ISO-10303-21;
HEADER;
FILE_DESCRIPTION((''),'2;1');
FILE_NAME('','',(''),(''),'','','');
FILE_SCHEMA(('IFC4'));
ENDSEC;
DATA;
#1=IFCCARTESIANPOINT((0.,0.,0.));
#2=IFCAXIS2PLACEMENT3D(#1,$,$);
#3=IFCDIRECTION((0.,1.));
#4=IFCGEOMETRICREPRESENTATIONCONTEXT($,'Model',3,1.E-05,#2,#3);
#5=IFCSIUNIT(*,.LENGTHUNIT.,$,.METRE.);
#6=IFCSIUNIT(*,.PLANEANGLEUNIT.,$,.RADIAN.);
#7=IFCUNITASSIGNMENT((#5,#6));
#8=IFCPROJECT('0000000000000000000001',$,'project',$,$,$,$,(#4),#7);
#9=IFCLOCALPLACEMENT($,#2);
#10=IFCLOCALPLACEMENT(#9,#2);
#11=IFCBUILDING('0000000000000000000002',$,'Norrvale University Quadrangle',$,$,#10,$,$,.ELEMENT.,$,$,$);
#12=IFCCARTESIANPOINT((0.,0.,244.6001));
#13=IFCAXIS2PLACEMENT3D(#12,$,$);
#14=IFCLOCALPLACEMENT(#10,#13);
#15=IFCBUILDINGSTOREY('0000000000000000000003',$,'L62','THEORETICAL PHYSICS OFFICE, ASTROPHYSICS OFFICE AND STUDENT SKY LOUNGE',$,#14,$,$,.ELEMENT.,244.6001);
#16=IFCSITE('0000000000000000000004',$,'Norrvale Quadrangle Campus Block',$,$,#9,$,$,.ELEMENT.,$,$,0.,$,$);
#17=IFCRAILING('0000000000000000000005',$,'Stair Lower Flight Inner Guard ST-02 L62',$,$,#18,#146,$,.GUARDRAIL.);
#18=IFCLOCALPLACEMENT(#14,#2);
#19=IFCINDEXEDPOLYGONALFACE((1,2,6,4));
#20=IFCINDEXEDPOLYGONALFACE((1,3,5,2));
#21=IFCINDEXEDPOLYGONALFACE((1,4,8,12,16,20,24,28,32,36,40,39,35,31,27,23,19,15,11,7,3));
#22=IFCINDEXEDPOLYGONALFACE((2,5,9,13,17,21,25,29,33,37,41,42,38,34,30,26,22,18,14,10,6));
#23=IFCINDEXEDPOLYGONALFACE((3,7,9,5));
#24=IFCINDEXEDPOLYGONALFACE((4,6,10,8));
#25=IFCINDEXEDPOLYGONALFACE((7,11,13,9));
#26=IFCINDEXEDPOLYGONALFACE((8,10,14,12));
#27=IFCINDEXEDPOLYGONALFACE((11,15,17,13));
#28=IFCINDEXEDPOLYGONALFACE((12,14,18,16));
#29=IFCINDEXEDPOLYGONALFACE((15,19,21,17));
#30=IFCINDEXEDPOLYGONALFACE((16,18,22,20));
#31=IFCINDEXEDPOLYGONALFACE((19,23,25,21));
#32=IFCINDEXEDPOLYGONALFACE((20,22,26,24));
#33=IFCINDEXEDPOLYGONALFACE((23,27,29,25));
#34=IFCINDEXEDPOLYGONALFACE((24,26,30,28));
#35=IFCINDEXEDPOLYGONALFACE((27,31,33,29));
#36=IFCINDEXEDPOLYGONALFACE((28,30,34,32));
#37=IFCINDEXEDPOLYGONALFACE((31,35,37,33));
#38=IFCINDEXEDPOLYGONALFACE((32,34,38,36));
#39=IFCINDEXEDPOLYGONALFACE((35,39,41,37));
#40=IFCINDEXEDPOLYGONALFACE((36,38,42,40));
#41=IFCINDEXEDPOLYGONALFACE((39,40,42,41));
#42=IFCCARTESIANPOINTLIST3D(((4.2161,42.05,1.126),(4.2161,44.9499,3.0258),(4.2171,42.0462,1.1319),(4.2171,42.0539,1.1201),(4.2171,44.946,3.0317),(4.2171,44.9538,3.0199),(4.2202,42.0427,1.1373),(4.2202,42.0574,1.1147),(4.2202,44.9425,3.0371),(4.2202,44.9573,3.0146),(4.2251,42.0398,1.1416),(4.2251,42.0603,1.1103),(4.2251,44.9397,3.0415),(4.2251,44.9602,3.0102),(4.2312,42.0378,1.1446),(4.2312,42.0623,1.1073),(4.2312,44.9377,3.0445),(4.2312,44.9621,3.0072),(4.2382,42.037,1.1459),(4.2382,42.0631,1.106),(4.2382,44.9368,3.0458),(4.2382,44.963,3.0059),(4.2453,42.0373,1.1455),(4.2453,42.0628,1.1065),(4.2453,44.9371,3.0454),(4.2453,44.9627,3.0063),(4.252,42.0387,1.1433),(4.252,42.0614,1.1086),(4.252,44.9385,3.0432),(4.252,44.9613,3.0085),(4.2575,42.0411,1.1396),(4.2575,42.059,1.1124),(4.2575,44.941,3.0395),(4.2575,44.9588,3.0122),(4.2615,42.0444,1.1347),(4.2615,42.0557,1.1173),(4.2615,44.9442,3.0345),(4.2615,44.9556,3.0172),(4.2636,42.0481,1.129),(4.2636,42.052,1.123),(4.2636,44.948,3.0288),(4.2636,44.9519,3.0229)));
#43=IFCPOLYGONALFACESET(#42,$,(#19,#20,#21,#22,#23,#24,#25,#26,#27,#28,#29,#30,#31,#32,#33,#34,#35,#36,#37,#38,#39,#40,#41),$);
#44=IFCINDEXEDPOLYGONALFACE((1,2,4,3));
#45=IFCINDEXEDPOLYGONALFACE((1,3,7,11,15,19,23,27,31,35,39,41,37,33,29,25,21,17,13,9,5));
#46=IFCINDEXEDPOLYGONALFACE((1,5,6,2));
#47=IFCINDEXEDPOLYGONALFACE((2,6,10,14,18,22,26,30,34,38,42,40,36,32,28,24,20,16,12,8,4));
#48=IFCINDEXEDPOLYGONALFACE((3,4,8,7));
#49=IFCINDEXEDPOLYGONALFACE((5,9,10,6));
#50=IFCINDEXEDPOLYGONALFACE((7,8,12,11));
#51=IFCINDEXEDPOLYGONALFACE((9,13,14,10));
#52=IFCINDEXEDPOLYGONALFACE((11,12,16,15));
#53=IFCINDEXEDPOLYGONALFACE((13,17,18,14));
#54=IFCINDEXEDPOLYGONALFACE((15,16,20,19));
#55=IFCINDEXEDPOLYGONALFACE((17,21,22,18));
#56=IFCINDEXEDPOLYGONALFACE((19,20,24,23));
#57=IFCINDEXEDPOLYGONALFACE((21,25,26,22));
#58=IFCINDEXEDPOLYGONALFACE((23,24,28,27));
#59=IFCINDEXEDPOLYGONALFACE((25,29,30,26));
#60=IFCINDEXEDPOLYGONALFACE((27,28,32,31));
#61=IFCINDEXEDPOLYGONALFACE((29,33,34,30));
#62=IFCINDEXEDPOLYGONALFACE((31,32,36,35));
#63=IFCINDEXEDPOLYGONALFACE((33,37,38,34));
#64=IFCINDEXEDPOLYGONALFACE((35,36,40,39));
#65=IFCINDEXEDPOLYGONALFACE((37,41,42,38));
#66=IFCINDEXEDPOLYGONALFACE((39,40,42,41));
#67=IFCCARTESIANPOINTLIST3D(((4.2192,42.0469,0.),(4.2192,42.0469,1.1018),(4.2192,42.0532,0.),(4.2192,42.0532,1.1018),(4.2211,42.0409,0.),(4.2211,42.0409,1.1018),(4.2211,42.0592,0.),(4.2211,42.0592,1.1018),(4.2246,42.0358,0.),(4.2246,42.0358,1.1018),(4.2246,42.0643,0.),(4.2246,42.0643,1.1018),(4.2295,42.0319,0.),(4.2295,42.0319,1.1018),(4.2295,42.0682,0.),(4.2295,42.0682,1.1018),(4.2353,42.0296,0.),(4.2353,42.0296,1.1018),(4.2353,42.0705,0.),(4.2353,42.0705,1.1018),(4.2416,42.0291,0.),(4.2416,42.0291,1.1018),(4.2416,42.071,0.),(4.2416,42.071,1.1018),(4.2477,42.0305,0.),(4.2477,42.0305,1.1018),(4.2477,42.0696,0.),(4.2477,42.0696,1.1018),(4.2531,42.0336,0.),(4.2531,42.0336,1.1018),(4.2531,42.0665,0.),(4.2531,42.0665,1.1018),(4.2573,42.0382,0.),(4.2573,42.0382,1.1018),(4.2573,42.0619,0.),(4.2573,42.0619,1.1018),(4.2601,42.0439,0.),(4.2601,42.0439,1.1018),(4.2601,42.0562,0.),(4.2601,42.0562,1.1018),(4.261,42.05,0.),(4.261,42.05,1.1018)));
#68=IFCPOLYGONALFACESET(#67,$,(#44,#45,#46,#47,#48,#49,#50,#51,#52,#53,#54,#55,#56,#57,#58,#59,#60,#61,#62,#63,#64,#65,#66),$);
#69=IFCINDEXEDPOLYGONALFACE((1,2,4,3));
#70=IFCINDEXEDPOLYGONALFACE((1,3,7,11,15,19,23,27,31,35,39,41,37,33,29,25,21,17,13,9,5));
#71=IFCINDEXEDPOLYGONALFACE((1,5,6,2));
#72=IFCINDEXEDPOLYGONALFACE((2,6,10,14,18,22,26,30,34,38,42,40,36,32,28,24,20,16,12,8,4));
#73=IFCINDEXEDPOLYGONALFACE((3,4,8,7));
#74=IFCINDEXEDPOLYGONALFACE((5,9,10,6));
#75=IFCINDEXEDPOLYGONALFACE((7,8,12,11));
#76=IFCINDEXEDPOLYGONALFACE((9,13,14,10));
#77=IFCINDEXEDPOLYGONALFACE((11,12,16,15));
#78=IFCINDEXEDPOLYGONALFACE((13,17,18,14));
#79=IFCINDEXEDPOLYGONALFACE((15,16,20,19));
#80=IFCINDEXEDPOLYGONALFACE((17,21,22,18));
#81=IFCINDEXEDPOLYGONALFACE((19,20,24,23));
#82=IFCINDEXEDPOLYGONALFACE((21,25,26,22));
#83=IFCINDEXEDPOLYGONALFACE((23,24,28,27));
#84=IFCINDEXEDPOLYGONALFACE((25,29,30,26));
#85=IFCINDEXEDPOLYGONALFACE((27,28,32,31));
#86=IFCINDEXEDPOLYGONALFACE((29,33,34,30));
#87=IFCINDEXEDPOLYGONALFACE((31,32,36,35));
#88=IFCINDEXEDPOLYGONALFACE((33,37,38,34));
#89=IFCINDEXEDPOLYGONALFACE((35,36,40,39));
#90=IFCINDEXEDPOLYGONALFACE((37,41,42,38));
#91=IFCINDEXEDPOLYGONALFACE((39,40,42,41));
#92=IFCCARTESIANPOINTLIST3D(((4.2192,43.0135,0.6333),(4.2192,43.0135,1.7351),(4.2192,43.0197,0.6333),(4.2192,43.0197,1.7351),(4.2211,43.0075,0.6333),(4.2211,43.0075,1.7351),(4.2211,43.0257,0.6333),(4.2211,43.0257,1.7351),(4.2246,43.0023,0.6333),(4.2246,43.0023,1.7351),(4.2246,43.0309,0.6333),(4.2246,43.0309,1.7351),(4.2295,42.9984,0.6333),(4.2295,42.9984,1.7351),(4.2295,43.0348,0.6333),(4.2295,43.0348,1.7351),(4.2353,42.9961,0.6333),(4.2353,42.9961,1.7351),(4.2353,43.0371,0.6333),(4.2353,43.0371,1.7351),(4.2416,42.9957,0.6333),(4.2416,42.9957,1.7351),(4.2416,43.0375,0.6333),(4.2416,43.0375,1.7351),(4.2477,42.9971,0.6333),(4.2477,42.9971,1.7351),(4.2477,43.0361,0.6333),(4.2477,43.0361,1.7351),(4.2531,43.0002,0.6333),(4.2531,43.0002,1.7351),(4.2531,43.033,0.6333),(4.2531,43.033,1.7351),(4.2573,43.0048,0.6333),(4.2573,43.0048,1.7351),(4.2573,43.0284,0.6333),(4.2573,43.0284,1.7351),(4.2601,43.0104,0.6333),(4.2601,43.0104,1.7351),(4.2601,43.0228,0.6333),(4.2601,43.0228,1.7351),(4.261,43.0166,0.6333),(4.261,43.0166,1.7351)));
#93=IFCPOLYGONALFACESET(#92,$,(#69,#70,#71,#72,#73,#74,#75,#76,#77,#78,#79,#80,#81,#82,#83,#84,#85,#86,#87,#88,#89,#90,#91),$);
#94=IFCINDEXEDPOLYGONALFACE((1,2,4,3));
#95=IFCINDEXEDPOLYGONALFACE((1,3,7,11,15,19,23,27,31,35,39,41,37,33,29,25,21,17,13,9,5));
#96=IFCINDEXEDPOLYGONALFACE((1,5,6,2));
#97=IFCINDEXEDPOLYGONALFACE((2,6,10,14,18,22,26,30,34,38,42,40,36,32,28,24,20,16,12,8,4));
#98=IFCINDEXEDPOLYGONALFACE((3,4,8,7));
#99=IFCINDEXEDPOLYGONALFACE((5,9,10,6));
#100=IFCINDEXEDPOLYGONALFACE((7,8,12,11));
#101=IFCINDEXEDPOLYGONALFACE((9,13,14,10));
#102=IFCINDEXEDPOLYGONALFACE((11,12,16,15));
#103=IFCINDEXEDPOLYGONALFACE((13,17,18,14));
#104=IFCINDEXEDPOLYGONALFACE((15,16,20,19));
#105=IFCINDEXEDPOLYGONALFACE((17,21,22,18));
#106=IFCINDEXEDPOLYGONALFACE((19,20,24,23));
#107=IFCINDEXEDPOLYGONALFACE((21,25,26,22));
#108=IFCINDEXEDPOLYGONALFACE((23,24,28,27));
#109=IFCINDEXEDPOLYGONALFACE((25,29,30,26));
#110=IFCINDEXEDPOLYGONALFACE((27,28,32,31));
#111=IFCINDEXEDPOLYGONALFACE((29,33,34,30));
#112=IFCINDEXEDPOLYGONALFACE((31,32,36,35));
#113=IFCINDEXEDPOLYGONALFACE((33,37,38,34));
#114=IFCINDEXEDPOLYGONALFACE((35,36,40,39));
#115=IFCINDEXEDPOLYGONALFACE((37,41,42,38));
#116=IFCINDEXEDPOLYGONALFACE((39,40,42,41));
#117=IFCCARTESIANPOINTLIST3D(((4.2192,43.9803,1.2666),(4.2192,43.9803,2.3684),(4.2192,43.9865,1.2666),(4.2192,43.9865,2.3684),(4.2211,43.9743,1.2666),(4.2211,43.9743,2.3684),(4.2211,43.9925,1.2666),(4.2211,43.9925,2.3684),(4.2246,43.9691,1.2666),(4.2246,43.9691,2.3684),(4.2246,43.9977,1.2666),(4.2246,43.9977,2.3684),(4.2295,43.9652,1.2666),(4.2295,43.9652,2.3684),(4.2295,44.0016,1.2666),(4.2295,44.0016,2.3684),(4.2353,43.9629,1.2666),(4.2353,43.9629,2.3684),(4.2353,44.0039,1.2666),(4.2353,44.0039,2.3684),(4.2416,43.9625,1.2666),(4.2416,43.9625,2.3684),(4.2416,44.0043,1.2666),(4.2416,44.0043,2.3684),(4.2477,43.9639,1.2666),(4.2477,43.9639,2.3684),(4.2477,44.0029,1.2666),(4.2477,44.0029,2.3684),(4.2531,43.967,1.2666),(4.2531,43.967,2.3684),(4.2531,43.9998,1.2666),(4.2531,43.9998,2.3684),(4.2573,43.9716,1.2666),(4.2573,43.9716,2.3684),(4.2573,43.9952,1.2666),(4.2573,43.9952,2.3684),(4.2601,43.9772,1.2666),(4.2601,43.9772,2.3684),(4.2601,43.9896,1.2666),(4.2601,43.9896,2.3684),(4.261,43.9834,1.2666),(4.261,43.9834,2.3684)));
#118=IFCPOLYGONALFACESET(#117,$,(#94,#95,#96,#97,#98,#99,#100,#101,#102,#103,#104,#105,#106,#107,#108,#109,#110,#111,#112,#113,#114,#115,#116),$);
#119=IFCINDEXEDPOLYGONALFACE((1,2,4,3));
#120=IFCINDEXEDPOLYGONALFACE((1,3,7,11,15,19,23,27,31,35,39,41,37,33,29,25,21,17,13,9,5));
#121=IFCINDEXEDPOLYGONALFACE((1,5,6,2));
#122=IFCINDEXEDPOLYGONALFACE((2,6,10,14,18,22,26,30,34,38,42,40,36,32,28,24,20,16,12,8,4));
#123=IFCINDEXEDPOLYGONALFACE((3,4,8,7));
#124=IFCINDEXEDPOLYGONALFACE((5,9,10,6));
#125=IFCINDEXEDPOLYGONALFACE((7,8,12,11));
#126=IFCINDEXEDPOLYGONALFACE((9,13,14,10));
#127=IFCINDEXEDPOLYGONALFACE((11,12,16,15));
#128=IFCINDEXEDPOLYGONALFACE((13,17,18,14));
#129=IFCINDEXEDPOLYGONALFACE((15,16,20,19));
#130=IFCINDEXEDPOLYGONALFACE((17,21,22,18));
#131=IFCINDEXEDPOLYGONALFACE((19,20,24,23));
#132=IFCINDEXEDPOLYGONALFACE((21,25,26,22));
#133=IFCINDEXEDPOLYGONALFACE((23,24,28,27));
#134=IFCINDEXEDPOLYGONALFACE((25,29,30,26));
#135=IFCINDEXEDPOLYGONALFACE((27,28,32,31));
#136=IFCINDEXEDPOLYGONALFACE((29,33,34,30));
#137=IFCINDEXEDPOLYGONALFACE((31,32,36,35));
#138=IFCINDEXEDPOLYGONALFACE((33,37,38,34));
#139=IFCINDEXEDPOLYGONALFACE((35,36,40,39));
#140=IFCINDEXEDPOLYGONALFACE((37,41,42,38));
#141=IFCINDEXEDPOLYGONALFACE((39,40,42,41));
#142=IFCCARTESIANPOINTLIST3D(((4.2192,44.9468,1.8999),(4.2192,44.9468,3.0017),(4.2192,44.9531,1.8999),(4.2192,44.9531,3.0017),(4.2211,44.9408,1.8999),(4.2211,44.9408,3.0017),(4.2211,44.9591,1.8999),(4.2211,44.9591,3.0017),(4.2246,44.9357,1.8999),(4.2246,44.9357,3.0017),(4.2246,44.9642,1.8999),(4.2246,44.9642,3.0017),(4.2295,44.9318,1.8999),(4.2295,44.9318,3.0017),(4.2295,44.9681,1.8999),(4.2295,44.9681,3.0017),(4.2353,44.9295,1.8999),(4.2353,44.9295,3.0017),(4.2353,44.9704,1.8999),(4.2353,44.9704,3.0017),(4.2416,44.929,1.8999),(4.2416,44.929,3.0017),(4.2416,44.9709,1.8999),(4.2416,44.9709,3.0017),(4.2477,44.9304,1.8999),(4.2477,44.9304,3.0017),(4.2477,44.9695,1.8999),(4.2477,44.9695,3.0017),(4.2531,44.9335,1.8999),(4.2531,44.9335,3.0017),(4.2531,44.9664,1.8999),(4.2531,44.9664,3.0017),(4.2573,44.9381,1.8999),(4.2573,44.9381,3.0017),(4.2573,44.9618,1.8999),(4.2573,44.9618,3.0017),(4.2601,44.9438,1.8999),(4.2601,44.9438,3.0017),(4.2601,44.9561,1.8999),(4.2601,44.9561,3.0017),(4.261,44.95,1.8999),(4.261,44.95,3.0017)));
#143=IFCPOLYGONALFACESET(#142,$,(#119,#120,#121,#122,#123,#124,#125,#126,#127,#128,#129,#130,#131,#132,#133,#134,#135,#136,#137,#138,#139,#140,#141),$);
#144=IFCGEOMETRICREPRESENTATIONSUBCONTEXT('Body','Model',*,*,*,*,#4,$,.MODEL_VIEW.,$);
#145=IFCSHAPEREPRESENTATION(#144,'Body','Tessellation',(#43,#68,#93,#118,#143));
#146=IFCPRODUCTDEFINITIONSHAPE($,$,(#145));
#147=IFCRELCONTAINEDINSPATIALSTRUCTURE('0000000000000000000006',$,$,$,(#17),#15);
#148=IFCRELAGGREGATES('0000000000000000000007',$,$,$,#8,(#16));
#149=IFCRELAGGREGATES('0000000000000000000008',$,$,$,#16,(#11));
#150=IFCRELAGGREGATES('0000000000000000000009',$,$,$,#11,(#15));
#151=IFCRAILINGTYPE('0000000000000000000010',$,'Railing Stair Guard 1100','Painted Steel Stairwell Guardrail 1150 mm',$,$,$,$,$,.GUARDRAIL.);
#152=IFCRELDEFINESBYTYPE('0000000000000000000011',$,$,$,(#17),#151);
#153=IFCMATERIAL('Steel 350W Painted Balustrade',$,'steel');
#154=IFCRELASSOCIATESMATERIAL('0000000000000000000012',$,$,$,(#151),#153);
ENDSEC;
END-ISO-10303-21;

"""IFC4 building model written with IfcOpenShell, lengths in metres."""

from ifc_helpers import new_model, si_unit, direction, frame, origin, origin_2d, place, context, subcontext, project, spatial, circle, extrude, material, type_object, element, save


model = new_model("IFC4")

# Units and contexts
model_context = context("Model", 3, precision=1e-05, world=origin(), true_north=direction((0.0, 1.0)))
body_context = subcontext(model_context, "Body", "Model", "MODEL_VIEW")
ifc_project = project(units=[si_unit("LENGTHUNIT", "METRE"), si_unit("PLANEANGLEUNIT", "RADIAN")], contexts=[model_context])

# Site, building, storey
site_placement = place(None, origin())
site = spatial("IfcSite", under=ifc_project, at=site_placement, Name="Norrvale Quadrangle Campus Block", CompositionType="ELEMENT", RefElevation=0.0)
building_placement = place(site_placement, origin())
building = spatial("IfcBuilding", under=site, at=building_placement, Name="Norrvale University Quadrangle", CompositionType="ELEMENT")
storey_placement = place(building_placement, frame((0.0, 0.0, 244.6001)))
storey = spatial("IfcBuildingStorey", under=building, at=storey_placement, Name="L62", Description="THEORETICAL PHYSICS OFFICE, ASTROPHYSICS OFFICE AND STUDENT SKY LOUNGE", CompositionType="ELEMENT", Elevation=244.6001)

# Railing
ifc_material_1 = material(Name="Steel 350W Painted Balustrade", Category="steel")
railing_type_1 = type_object("IfcRailingType", Name="Railing Stair Guard 1100", Description="Painted Steel Stairwell Guardrail 1150 mm", PredefinedType="GUARDRAIL", material=ifc_material_1)
railing_1_placement = place(storey_placement, frame((4.24, 42.05, 0.0)))
element("IfcRailing", 1, at=railing_1_placement, inside=storey, type_object=railing_type_1, Name="Stair Lower Flight Inner Guard ST-02 L62", PredefinedType="GUARDRAIL", context=body_context, shape_type="SweptSolid", body=[
    extrude(circle(Radius=0.0239, at=origin_2d()), frame((0.0, 0.0, 1.126), z_axis=(0.0, 0.836466, 0.548019), x_axis=(-1.0, 0.0, 0.0)), (0.0, 0.0, 1.0), 3.4668),
    extrude(circle(Radius=0.021, at=origin_2d()), origin(), (0.0, 0.0, 1.0), 1.1018),
    extrude(circle(Radius=0.021, at=origin_2d()), frame((0.0, 0.9666, 0.6333)), (0.0, 0.0, 1.0), 1.1018),
    extrude(circle(Radius=0.021, at=origin_2d()), frame((0.0, 1.9333, 1.2666)), (0.0, 0.0, 1.0), 1.1018),
    extrude(circle(Radius=0.021, at=origin_2d()), frame((0.0, 2.8999, 1.8999)), (0.0, 0.0, 1.0), 1.1018),
])

save(model, "model.ifc")
